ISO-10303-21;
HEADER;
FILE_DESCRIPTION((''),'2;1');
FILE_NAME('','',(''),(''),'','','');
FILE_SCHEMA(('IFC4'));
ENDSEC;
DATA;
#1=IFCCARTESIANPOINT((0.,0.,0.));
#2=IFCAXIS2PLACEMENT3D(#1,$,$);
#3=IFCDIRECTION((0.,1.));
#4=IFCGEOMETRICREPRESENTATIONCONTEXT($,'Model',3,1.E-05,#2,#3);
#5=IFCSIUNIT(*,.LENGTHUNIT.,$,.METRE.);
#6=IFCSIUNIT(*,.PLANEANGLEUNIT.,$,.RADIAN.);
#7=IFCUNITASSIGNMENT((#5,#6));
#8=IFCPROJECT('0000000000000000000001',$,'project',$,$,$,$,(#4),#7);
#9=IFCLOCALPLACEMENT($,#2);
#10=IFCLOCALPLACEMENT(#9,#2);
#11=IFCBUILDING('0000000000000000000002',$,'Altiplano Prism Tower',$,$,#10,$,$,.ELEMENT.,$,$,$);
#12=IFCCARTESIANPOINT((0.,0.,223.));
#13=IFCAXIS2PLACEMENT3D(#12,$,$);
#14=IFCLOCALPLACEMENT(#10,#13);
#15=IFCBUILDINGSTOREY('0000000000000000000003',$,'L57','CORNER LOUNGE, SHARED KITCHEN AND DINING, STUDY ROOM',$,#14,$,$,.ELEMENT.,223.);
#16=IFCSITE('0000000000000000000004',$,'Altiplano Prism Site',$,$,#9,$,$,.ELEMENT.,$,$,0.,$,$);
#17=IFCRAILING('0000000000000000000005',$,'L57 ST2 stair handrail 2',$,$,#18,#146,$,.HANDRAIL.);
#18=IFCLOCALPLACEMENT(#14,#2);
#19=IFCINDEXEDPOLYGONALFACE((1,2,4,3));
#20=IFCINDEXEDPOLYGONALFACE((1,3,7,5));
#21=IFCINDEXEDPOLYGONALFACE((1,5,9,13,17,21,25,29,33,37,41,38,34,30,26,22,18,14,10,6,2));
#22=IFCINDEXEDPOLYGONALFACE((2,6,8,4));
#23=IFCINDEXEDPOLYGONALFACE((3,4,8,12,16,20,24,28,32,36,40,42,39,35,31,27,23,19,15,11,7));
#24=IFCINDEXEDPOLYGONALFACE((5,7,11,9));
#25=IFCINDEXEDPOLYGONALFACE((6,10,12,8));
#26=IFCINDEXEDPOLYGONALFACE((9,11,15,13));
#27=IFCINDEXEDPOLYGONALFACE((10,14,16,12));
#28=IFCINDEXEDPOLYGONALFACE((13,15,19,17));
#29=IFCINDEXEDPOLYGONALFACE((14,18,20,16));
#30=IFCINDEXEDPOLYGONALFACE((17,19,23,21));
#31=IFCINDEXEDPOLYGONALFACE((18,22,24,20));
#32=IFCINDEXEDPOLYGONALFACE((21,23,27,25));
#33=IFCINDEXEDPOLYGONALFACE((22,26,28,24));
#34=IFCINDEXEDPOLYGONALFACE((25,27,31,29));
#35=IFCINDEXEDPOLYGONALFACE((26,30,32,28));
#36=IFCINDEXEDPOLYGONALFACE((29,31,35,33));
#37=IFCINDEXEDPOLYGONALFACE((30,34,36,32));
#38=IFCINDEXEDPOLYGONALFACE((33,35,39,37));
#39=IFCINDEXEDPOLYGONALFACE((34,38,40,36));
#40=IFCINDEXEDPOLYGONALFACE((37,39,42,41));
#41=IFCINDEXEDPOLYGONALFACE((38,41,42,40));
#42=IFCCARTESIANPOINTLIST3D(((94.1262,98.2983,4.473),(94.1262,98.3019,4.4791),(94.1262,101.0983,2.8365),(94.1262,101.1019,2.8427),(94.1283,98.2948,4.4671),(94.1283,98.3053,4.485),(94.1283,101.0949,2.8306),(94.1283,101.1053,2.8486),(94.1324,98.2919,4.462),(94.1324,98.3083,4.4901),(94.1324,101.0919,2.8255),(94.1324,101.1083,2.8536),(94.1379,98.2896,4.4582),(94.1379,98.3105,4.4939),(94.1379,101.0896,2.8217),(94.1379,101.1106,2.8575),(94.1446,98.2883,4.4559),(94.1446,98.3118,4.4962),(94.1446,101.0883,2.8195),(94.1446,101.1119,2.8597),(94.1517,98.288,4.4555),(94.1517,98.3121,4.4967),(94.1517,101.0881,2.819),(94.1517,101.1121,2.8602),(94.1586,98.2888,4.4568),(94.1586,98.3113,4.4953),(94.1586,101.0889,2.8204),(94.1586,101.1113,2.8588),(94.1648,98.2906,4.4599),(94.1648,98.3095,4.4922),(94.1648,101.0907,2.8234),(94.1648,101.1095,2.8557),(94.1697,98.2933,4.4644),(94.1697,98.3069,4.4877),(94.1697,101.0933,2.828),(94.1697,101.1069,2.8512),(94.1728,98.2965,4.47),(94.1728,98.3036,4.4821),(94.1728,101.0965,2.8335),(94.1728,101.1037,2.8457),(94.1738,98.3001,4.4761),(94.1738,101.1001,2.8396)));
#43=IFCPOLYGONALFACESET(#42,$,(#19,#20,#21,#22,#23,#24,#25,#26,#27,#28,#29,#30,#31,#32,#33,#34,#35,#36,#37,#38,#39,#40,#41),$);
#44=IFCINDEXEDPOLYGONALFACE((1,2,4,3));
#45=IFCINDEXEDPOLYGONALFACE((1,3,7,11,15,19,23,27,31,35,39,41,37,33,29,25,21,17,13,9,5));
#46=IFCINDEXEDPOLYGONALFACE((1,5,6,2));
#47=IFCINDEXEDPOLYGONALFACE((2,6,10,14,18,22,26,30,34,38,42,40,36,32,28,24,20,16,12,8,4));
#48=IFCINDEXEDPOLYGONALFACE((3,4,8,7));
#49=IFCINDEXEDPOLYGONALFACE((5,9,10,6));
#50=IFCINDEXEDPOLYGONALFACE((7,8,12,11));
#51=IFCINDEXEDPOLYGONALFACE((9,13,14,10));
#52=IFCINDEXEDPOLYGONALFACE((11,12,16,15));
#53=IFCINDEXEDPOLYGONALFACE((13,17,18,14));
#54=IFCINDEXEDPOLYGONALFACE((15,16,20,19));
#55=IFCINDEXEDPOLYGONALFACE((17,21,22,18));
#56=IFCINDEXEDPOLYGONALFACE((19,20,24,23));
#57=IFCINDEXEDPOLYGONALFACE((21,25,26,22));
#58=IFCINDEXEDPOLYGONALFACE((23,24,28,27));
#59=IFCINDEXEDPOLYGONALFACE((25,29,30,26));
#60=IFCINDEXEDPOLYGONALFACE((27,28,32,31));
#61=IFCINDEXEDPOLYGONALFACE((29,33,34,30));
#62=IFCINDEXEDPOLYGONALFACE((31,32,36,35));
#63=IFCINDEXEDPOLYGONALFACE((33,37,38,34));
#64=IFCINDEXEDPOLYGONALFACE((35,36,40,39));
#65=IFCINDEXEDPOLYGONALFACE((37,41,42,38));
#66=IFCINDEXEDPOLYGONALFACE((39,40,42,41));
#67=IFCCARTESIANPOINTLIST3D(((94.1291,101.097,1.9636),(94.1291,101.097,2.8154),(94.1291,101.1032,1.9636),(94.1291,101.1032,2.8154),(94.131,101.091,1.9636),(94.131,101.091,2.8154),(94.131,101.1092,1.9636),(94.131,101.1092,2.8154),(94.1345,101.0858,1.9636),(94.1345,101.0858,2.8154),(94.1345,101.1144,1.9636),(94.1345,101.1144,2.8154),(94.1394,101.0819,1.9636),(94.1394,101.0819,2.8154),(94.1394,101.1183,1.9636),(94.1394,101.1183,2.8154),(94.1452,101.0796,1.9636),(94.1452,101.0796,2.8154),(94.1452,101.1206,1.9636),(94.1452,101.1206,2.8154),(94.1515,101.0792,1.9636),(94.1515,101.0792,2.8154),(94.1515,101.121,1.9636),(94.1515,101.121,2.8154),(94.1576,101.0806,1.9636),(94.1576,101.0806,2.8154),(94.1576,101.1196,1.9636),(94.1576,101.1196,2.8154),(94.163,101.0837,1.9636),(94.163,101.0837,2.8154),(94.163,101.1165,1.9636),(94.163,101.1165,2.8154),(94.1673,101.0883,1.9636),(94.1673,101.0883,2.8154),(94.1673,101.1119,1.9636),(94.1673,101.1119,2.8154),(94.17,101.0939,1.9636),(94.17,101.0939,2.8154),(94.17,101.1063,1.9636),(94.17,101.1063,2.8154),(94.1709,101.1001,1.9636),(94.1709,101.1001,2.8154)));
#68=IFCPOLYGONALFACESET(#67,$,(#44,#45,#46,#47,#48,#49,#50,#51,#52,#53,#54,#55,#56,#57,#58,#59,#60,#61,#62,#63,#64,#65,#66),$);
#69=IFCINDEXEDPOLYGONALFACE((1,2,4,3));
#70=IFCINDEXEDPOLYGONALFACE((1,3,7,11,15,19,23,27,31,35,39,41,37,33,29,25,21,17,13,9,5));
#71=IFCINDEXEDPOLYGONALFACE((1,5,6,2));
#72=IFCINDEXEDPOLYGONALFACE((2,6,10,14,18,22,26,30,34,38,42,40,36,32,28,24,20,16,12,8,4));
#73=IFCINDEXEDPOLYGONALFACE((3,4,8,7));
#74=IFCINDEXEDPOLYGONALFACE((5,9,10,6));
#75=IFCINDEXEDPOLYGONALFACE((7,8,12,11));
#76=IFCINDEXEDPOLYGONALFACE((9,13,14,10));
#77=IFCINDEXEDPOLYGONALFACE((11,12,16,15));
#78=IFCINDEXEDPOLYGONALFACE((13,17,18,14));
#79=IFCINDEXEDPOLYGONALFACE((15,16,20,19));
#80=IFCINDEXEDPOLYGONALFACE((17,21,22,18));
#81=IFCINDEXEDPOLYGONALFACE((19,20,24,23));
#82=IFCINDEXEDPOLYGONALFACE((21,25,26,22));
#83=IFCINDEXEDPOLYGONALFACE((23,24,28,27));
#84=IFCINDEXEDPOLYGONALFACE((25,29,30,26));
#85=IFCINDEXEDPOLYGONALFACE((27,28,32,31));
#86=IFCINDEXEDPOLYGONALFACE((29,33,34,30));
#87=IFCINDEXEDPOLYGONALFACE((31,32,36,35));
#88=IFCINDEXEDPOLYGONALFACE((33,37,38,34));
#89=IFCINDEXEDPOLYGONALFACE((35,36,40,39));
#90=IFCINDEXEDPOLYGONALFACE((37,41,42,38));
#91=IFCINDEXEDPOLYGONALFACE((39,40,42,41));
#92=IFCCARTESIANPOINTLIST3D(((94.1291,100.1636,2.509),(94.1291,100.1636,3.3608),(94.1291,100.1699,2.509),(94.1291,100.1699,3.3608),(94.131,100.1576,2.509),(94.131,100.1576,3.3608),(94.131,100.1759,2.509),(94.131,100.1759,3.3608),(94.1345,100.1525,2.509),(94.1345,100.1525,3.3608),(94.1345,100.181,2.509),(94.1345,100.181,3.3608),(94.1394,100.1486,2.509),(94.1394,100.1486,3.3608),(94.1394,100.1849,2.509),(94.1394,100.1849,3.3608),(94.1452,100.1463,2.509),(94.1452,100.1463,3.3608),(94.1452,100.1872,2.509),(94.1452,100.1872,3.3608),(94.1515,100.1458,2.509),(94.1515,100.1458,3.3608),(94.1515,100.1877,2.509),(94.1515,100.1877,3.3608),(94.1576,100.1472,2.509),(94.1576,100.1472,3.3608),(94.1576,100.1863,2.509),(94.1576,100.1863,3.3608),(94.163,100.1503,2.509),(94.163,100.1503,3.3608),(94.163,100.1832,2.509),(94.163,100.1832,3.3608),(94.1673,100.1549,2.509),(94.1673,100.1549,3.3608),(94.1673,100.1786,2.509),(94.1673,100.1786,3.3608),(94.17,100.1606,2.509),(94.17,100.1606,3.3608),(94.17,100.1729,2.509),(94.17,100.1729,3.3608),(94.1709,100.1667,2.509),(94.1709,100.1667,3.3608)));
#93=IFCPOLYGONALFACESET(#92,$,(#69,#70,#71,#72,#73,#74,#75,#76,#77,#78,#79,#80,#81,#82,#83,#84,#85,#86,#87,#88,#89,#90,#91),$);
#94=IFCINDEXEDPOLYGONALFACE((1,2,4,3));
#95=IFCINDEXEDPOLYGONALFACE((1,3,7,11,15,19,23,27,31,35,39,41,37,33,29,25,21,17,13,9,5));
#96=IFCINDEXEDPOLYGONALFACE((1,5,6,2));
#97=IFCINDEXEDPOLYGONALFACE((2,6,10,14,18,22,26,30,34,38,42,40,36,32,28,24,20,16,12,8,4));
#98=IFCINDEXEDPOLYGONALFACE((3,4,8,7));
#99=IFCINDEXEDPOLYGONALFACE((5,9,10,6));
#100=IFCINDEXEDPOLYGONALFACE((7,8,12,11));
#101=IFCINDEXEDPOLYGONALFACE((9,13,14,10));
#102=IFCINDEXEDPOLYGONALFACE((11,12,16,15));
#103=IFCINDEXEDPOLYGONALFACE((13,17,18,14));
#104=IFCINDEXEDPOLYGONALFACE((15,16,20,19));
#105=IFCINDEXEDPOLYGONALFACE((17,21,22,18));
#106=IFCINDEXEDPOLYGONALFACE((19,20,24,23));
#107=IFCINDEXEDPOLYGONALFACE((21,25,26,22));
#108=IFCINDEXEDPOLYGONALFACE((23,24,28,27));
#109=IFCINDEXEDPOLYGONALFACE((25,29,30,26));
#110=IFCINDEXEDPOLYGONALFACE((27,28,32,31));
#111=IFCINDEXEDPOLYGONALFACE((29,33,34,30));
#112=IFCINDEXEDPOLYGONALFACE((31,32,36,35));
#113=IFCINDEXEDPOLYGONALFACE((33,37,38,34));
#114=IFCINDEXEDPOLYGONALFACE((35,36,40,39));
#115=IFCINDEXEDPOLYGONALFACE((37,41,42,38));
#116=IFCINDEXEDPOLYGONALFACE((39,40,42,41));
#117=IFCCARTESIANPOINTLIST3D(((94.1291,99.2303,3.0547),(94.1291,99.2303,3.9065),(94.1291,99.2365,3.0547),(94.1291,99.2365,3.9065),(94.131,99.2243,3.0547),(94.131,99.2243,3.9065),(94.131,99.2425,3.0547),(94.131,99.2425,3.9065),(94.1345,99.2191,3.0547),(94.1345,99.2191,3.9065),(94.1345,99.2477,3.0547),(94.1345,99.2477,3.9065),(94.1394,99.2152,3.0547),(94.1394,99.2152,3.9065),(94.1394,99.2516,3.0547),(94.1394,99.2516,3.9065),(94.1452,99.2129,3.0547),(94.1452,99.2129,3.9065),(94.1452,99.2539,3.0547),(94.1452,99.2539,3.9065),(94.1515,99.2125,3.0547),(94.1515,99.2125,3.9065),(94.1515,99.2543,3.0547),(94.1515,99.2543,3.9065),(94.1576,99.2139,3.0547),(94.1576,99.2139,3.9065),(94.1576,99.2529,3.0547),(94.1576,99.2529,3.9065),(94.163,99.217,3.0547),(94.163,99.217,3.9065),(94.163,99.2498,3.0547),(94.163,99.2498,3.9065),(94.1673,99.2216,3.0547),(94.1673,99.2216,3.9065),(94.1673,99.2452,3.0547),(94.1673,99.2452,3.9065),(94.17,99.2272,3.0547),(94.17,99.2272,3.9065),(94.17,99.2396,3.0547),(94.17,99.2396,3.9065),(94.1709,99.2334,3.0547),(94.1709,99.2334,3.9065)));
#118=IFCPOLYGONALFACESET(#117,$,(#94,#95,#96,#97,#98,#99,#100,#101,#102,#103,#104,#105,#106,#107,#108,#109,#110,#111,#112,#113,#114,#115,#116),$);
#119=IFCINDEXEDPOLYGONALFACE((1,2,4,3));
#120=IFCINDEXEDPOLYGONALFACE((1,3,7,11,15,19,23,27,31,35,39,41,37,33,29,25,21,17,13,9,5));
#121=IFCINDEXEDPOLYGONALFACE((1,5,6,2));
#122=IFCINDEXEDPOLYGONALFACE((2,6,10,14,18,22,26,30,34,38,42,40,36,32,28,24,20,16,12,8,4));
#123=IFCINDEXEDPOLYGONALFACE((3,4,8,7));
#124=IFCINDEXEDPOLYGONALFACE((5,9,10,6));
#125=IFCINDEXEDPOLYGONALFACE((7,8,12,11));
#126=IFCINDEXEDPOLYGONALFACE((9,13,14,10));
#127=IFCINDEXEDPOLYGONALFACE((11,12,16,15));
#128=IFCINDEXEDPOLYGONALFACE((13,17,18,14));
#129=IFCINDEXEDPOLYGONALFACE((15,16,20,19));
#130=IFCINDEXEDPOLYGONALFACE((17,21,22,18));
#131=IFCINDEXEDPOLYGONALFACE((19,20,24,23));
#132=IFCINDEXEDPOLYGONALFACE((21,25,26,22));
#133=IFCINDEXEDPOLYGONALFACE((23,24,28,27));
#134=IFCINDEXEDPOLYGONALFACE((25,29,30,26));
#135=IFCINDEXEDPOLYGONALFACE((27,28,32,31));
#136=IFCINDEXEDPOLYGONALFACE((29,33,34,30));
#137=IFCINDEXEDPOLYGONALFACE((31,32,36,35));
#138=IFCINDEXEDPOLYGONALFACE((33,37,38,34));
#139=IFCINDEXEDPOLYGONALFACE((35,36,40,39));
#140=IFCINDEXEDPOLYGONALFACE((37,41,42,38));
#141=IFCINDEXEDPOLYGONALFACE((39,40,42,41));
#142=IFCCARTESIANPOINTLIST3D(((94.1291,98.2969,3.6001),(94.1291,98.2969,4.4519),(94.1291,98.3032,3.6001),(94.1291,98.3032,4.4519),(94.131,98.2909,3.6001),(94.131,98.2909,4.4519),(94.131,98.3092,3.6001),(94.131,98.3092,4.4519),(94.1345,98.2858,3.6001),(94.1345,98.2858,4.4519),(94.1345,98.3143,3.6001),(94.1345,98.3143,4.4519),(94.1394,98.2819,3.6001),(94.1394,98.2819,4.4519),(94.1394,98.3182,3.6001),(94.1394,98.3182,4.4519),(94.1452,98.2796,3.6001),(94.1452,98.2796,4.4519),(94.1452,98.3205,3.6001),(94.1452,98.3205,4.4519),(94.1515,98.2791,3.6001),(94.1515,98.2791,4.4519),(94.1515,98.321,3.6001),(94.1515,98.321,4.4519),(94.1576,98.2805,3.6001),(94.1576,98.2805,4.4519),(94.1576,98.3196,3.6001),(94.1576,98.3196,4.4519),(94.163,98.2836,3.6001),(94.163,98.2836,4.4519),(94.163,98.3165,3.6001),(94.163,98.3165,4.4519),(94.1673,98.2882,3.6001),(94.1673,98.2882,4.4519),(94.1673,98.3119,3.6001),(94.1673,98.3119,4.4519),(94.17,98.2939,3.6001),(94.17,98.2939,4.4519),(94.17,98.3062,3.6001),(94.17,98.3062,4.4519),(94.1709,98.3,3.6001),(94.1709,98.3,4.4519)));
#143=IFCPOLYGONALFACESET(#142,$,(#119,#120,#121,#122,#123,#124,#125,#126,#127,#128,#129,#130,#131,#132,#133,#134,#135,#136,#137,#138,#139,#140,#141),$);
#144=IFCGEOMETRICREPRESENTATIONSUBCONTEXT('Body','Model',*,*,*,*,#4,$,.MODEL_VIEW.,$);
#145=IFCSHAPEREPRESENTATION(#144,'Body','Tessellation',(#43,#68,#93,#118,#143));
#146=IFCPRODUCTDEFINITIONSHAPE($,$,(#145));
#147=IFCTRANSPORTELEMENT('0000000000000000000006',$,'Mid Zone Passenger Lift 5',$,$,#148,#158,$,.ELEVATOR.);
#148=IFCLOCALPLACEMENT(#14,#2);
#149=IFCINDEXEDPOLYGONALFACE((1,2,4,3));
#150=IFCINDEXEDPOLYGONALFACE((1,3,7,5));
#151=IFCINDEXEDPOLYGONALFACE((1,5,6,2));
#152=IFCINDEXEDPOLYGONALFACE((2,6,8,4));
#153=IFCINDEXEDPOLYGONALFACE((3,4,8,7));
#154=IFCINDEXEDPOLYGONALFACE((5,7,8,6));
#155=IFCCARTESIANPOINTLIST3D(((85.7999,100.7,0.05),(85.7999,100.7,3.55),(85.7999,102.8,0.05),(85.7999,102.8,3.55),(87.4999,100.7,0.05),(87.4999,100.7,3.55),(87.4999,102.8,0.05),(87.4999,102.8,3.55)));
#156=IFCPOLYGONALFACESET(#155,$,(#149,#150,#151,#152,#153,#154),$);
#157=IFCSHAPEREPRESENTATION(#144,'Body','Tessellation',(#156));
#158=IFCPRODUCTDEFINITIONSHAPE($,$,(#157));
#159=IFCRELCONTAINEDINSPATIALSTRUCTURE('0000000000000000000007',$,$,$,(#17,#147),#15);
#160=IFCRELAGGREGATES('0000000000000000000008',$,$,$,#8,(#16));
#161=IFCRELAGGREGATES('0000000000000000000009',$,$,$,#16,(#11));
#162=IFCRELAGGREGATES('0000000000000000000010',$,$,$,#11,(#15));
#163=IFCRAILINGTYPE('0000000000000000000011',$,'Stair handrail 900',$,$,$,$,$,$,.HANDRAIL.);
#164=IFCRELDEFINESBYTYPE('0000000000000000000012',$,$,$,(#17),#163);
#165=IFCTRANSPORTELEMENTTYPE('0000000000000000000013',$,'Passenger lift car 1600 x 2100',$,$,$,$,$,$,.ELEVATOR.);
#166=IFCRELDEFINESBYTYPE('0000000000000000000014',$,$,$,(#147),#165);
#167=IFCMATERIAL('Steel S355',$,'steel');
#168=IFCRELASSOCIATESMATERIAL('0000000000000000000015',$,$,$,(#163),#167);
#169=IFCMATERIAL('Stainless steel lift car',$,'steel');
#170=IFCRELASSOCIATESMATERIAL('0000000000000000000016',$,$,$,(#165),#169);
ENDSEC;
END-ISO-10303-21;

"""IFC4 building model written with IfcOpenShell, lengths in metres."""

from ifc_helpers import new_model, si_unit, direction, frame, origin, origin_2d, place, context, subcontext, project, spatial, rectangle, circle, extrude, material, type_object, element, save


model = new_model("IFC4")

# Units and contexts
model_context = context("Model", 3, precision=1e-05, world=origin(), true_north=direction((0.0, 1.0)))
body_context = subcontext(model_context, "Body", "Model", "MODEL_VIEW")
ifc_project = project(units=[si_unit("LENGTHUNIT", "METRE"), si_unit("PLANEANGLEUNIT", "RADIAN")], contexts=[model_context])

# Site, building, storey
site_placement = place(None, origin())
site = spatial("IfcSite", under=ifc_project, at=site_placement, Name="Altiplano Prism Site", CompositionType="ELEMENT", RefElevation=0.0)
building_placement = place(site_placement, origin())
building = spatial("IfcBuilding", under=site, at=building_placement, Name="Altiplano Prism Tower", CompositionType="ELEMENT")
storey_placement = place(building_placement, frame((0.0, 0.0, 223.0)))
storey = spatial("IfcBuildingStorey", under=building, at=storey_placement, Name="L57", Description="CORNER LOUNGE, SHARED KITCHEN AND DINING, STUDY ROOM", CompositionType="ELEMENT", Elevation=223.0)

# Railing
ifc_material_1 = material(Name="Steel S355", Category="steel")
railing_type = type_object("IfcRailingType", Name="Stair handrail 900", PredefinedType="HANDRAIL", material=ifc_material_1)
railing_placement = place(storey_placement, frame((94.1499, 101.1001, 1.9636)))
element("IfcRailing", 1, at=railing_placement, inside=storey, type_object=railing_type, Name="L57 ST2 stair handrail 2", PredefinedType="HANDRAIL", context=body_context, shape_type="SweptSolid", body=[
    extrude(circle(Radius=0.0239, at=origin_2d()), frame((0.0, 0.0, 0.876), z_axis=(0.0, -0.863361, 0.504587), x_axis=(1.0, 0.0, 0.0)), (0.0, 0.0, 1.0), 3.2432),
    extrude(circle(Radius=0.021, at=origin_2d()), origin(), (0.0, 0.0, 1.0), 0.8518),
    extrude(circle(Radius=0.021, at=origin_2d()), frame((0.0, -0.9333, 0.5454)), (0.0, 0.0, 1.0), 0.8518),
    extrude(circle(Radius=0.021, at=origin_2d()), frame((0.0, -1.8667, 1.0911)), (0.0, 0.0, 1.0), 0.8518),
    extrude(circle(Radius=0.021, at=origin_2d()), frame((0.0, -2.8, 1.6365)), (0.0, 0.0, 1.0), 0.8518),
])

# Transport element
ifc_material_2 = material(Name="Stainless steel lift car", Category="steel")
transport_element_type = type_object("IfcTransportElementType", Name="Passenger lift car 1600 x 2100", PredefinedType="ELEVATOR", material=ifc_material_2)
transport_element_placement = place(storey_placement, frame((86.6499, 101.75, 0.05), z_axis=(0.0, 0.0, 1.0), x_axis=(1.0, 0.0, 0.0)))
element("IfcTransportElement", 2, at=transport_element_placement, inside=storey, type_object=transport_element_type, Name="Mid Zone Passenger Lift 5", PredefinedType="ELEVATOR", context=body_context, shape_type="SweptSolid", body=[
    extrude(rectangle(XDim=1.7, YDim=2.1001, at=origin_2d()), origin(), (0.0, 0.0, 1.0), 3.5),
])

save(model, "model.ifc")
